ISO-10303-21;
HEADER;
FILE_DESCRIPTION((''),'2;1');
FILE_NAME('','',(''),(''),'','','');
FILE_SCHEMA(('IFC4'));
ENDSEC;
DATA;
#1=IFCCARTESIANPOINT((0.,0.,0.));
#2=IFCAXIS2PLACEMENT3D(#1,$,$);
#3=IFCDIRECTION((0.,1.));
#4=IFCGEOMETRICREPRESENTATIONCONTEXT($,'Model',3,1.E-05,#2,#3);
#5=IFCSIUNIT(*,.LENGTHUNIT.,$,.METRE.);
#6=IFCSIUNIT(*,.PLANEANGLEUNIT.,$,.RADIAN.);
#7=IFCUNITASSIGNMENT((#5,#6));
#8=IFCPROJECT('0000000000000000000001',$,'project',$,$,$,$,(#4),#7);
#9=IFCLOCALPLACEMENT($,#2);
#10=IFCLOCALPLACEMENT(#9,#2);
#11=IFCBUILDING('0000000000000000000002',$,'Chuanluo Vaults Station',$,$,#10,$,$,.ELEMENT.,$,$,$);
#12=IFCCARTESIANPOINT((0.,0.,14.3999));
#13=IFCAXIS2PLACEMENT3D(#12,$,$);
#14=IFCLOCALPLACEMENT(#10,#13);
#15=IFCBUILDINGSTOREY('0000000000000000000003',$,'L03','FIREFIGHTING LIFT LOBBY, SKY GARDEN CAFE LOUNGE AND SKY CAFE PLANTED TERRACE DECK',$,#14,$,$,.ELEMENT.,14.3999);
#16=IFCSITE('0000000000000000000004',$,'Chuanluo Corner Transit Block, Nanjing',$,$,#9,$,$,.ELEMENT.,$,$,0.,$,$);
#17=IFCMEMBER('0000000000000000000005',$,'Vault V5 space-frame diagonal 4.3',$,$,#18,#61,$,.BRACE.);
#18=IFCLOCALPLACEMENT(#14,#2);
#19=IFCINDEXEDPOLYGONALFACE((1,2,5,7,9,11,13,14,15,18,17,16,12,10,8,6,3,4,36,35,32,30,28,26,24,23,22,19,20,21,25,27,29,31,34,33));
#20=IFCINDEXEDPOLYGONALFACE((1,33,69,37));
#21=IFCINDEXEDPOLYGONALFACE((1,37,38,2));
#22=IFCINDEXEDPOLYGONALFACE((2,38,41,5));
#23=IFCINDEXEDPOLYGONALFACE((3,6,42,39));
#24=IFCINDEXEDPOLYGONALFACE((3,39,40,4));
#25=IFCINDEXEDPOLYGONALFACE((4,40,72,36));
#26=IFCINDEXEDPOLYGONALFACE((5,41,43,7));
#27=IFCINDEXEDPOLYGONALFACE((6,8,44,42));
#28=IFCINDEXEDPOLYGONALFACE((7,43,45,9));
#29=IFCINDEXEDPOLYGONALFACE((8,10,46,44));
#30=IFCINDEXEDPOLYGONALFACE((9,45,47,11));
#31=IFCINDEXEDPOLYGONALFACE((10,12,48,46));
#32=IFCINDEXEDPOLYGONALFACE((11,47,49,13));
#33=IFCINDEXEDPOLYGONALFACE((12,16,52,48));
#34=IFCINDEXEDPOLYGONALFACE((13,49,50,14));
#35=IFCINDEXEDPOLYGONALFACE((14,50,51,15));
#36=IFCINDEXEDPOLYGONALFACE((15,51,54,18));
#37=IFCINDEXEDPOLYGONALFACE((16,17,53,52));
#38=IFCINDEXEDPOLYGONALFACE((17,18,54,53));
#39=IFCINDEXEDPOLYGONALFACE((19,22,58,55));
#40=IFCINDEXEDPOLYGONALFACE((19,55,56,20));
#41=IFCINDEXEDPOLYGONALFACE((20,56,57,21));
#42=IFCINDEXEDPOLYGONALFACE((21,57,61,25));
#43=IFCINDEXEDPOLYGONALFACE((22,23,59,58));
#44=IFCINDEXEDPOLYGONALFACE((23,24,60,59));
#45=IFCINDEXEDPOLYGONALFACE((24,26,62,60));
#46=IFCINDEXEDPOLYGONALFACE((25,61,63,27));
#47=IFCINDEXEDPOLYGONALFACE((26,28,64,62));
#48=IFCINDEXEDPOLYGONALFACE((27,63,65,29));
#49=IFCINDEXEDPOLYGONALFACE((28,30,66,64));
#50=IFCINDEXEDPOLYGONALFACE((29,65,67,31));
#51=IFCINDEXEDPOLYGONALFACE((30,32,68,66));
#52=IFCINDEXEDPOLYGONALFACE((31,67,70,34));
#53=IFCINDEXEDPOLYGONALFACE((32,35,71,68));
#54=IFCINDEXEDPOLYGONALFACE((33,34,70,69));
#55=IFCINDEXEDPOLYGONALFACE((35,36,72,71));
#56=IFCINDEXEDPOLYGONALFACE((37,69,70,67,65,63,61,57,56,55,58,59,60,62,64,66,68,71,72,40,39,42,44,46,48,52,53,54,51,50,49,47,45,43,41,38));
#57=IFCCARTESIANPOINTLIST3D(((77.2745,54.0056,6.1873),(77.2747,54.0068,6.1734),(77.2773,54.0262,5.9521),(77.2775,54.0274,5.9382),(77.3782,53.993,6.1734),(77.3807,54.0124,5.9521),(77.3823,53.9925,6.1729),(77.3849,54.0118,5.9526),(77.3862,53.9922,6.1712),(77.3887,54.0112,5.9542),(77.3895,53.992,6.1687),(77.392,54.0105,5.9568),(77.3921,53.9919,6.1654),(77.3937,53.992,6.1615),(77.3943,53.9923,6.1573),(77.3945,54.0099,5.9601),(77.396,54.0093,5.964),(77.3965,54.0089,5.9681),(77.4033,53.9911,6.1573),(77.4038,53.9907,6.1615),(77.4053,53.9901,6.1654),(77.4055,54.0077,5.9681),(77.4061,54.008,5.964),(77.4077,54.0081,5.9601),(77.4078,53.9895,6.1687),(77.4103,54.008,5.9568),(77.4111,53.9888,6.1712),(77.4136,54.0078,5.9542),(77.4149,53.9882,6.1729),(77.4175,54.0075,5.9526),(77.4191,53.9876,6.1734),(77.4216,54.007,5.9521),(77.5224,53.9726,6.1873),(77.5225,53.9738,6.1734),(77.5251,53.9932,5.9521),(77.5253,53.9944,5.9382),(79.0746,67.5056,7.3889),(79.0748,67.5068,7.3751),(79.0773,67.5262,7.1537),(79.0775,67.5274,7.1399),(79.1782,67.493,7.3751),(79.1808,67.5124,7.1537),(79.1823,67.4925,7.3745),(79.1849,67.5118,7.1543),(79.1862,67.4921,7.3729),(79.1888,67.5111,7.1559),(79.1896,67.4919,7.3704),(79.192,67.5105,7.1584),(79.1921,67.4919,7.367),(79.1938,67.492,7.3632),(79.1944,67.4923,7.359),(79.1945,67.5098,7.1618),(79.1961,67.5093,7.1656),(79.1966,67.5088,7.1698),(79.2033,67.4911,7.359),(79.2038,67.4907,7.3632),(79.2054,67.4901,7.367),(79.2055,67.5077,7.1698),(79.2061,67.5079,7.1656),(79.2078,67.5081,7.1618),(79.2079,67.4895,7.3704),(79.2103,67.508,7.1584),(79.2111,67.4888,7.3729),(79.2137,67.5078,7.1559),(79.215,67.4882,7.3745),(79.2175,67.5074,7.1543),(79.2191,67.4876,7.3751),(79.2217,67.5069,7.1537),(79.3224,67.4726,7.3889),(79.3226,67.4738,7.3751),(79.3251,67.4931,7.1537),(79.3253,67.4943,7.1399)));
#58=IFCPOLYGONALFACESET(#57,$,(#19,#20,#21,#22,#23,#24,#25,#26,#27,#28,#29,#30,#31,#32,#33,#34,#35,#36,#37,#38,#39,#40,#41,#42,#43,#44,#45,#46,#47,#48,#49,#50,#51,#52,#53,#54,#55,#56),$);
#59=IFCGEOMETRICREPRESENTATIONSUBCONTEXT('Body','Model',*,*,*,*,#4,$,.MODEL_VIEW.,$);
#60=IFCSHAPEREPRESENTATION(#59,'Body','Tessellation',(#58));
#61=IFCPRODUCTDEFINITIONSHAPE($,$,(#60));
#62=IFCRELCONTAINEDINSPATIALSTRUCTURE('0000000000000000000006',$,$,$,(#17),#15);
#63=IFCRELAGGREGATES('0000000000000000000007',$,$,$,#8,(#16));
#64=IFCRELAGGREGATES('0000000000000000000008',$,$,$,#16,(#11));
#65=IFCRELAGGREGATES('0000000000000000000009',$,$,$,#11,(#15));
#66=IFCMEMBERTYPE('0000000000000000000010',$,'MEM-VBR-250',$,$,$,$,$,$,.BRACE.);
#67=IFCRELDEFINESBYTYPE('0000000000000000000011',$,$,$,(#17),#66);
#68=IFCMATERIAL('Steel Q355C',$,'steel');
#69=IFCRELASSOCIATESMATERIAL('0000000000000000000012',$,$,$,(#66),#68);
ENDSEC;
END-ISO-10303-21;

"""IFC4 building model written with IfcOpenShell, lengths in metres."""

from ifc_helpers import new_model, si_unit, direction, frame, origin, origin_2d, place, context, subcontext, project, spatial, i_section, extrude, material, material_profile, profile_set, type_object, element, save


model = new_model("IFC4")

# Units and contexts
model_context = context("Model", 3, precision=1e-05, world=origin(), true_north=direction((0.0, 1.0)))
body_context = subcontext(model_context, "Body", "Model", "MODEL_VIEW")
ifc_project = project(units=[si_unit("LENGTHUNIT", "METRE"), si_unit("PLANEANGLEUNIT", "RADIAN")], contexts=[model_context])

# Site, building, storey
site_placement = place(None, origin())
site = spatial("IfcSite", under=ifc_project, at=site_placement, Name="Chuanluo Corner Transit Block, Nanjing", CompositionType="ELEMENT", RefElevation=0.0)
building_placement = place(site_placement, origin())
building = spatial("IfcBuilding", under=site, at=building_placement, Name="Chuanluo Vaults Station", CompositionType="ELEMENT")
storey_placement = place(building_placement, frame((0.0, 0.0, 14.3999)))
storey = spatial("IfcBuildingStorey", under=building, at=storey_placement, Name="L03", Description="FIREFIGHTING LIFT LOBBY, SKY GARDEN CAFE LOUNGE AND SKY CAFE PLANTED TERRACE DECK", CompositionType="ELEMENT", Elevation=14.3999)

# Member
ifc_material_1 = material(Name="Steel Q355C", Category="steel")
ifc_material_profile_1 = material_profile(ifc_material_1, i_section(OverallWidth=0.25, OverallDepth=0.25, WebThickness=0.009, FlangeThickness=0.0139, FilletRadius=0.0161, at=origin_2d()))
ifc_profile_set_1 = profile_set([ifc_material_profile_1], Name="Steel Q355C")
member_type_1 = type_object("IfcMemberType", Name="MEM-VBR-250", PredefinedType="BRACE", material=ifc_profile_set_1)
member_1_placement = place(storey_placement, frame((77.3999, 54.0, 6.0627), z_axis=(0.131656, 0.987392, 0.08789), x_axis=(-0.991227, 0.132167, 0.0)))
element("IfcMember", 1, at=member_1_placement, inside=storey, type_object=member_type_1, Name="Vault V5 space-frame diagonal 4.3", PredefinedType="BRACE", context=body_context, shape_type="SweptSolid", body=[
    extrude(i_section(OverallWidth=0.25, OverallDepth=0.25, WebThickness=0.009, FlangeThickness=0.0139, FilletRadius=0.0161, at=origin_2d()), origin(), (0.0, 0.0, 1.0), 13.6724),
])

save(model, "model.ifc")
